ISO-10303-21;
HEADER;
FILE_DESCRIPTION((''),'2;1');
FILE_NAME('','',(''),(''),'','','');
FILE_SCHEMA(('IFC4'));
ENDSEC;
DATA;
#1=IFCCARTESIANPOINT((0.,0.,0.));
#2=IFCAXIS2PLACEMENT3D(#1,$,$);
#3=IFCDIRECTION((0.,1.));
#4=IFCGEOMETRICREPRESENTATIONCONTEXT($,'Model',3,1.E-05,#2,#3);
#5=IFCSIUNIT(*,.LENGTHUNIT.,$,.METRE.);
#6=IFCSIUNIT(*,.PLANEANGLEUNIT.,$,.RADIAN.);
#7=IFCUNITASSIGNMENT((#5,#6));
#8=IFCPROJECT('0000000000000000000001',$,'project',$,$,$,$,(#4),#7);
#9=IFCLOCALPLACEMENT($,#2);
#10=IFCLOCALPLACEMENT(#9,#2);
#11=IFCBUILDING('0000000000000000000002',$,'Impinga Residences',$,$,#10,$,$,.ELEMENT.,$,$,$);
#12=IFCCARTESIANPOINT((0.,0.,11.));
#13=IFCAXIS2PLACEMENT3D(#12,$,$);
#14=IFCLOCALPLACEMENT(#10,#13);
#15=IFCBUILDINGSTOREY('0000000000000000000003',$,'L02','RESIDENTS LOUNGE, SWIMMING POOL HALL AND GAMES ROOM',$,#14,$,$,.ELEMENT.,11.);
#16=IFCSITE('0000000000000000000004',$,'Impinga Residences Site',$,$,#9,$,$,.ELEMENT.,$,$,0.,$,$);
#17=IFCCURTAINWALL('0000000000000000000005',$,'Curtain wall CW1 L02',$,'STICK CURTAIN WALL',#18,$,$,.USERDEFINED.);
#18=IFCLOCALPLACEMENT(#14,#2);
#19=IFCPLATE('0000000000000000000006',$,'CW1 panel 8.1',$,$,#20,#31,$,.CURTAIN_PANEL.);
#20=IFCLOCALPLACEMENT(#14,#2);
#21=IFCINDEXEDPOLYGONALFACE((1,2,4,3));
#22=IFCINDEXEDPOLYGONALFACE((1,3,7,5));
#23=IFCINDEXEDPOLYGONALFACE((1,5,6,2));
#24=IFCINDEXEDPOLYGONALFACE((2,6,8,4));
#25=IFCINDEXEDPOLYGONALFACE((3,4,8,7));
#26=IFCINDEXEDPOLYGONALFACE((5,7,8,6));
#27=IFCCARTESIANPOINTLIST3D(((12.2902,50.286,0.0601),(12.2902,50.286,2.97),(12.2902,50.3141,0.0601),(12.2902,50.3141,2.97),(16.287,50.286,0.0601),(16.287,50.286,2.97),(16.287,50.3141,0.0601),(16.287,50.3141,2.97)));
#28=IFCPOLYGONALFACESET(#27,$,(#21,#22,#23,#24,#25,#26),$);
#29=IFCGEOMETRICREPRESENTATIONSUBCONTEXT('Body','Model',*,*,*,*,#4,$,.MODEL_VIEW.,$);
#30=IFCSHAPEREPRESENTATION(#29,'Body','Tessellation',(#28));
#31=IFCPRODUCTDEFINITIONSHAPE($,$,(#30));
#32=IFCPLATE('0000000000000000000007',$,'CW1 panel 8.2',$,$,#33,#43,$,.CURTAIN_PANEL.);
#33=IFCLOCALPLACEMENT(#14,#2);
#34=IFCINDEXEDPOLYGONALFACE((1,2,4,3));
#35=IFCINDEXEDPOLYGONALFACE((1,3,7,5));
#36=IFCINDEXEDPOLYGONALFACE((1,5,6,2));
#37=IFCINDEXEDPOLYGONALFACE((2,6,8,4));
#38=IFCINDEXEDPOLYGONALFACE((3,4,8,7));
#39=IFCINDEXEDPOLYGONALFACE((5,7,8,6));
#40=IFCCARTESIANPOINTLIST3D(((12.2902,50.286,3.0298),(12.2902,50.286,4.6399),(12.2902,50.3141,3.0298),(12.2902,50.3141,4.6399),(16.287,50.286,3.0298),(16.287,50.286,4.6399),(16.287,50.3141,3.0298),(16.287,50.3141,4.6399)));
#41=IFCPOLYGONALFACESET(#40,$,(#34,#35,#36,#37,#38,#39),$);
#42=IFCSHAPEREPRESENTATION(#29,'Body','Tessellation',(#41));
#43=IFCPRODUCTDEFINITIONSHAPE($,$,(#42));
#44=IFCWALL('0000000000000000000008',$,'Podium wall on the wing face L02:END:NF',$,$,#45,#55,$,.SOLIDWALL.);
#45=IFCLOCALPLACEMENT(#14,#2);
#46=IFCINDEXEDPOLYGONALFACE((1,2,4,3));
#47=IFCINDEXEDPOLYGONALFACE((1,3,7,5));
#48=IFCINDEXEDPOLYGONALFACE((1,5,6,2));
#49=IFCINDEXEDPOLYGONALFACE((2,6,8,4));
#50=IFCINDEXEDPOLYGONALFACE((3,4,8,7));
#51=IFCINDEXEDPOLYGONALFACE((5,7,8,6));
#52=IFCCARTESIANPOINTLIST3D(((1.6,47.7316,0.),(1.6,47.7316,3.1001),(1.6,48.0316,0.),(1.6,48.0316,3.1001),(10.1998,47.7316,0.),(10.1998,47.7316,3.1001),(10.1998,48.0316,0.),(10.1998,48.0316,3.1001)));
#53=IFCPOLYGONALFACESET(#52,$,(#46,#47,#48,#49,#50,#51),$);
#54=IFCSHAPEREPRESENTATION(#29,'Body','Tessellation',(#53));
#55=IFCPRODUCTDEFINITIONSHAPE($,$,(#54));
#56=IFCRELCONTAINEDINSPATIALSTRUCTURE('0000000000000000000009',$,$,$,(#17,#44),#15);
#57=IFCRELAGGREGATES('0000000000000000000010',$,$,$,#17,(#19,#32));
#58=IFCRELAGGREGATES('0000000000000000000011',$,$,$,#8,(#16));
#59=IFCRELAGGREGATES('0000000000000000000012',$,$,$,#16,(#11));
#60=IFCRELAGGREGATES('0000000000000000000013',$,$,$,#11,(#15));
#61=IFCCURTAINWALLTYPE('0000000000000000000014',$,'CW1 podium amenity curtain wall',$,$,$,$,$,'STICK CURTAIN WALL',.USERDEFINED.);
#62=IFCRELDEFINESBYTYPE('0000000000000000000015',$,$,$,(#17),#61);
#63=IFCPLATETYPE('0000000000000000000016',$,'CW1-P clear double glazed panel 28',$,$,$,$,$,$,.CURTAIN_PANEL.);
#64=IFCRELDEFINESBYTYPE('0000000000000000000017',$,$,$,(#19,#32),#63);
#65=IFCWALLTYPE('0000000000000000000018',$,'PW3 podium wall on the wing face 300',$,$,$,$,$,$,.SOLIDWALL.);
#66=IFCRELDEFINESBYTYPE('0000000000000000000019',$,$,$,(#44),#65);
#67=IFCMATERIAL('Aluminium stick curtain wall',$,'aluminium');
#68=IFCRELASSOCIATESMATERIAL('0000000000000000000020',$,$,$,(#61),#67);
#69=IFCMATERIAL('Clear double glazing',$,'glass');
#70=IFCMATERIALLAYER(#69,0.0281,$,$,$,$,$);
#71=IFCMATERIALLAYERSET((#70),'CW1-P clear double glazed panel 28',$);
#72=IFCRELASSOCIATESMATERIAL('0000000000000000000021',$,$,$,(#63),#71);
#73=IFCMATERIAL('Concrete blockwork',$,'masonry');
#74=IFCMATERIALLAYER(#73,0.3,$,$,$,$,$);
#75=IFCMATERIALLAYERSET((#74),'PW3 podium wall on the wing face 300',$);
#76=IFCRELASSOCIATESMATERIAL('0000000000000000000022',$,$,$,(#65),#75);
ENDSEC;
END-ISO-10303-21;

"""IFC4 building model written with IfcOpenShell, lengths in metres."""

from ifc_helpers import new_model, si_unit, direction, frame, frame_2d, origin, origin_2d, place, context, subcontext, project, spatial, rectangle, extrude, material, layer, layer_set, type_object, element, aggregate, save


model = new_model("IFC4")

# Units and contexts
model_context = context("Model", 3, precision=1e-05, world=origin(), true_north=direction((0.0, 1.0)))
body_context = subcontext(model_context, "Body", "Model", "MODEL_VIEW")
ifc_project = project(units=[si_unit("LENGTHUNIT", "METRE"), si_unit("PLANEANGLEUNIT", "RADIAN")], contexts=[model_context])

# Site, building, storey
site_placement = place(None, origin())
site = spatial("IfcSite", under=ifc_project, at=site_placement, Name="Impinga Residences Site", CompositionType="ELEMENT", RefElevation=0.0)
building_placement = place(site_placement, origin())
building = spatial("IfcBuilding", under=site, at=building_placement, Name="Impinga Residences", CompositionType="ELEMENT")
storey_placement = place(building_placement, frame((0.0, 0.0, 11.0)))
storey = spatial("IfcBuildingStorey", under=building, at=storey_placement, Name="L02", Description="RESIDENTS LOUNGE, SWIMMING POOL HALL AND GAMES ROOM", CompositionType="ELEMENT", Elevation=11.0)

# Curtain wall
ifc_material_1 = material(Name="Aluminium stick curtain wall", Category="aluminium")
curtain_wall_type = type_object("IfcCurtainWallType", Name="CW1 podium amenity curtain wall", ElementType="STICK CURTAIN WALL", PredefinedType="USERDEFINED", material=ifc_material_1)
curtain_wall_placement = place(storey_placement, origin())
curtain_wall = element("IfcCurtainWall", 1, at=curtain_wall_placement, inside=storey, type_object=curtain_wall_type, Name="Curtain wall CW1 L02", ObjectType="STICK CURTAIN WALL", PredefinedType="USERDEFINED")

# Plates
ifc_material_2 = material(Name="Clear double glazing", Category="glass")
ifc_layer_1 = layer(ifc_material_2, 0.0281)
ifc_layer_set_1 = layer_set([ifc_layer_1], Name="CW1-P clear double glazed panel 28")
plate_type = type_object("IfcPlateType", Name="CW1-P clear double glazed panel 28", PredefinedType="CURTAIN_PANEL", material=ifc_layer_set_1)
plate_1_placement = place(storey_placement, frame((14.2886, 50.3, 0.0601), z_axis=(0.0, 0.0, 1.0), x_axis=(1.0, 0.0, 0.0)))
plate_1 = element("IfcPlate", 2, at=plate_1_placement, type_object=plate_type, Name="CW1 panel 8.1", PredefinedType="CURTAIN_PANEL", context=body_context, shape_type="SweptSolid", body=[
    extrude(rectangle(XDim=3.9968, YDim=0.0281, at=origin_2d()), origin(), (0.0, 0.0, 1.0), 2.9099),
])
plate_2_placement = place(storey_placement, frame((14.2886, 50.3, 3.0298), z_axis=(0.0, 0.0, 1.0), x_axis=(1.0, 0.0, 0.0)))
plate_2 = element("IfcPlate", 3, at=plate_2_placement, type_object=plate_type, Name="CW1 panel 8.2", PredefinedType="CURTAIN_PANEL", context=body_context, shape_type="SweptSolid", body=[
    extrude(rectangle(XDim=3.9968, YDim=0.0281, at=origin_2d()), origin(), (0.0, 0.0, 1.0), 1.6101),
])
aggregate(curtain_wall, [plate_1, plate_2])

# Wall
ifc_material_3 = material(Name="Concrete blockwork", Category="masonry")
ifc_layer_2 = layer(ifc_material_3, 0.3)
ifc_layer_set_2 = layer_set([ifc_layer_2], Name="PW3 podium wall on the wing face 300")
wall_type = type_object("IfcWallType", Name="PW3 podium wall on the wing face 300", PredefinedType="SOLIDWALL", material=ifc_layer_set_2)
wall_placement = place(storey_placement, frame((1.6001, 47.8816, 0.0), z_axis=(0.0, 0.0, 1.0), x_axis=(1.0, 0.0, 0.0)))
element("IfcWall", 4, at=wall_placement, inside=storey, type_object=wall_type, Name="Podium wall on the wing face L02:END:NF", PredefinedType="SOLIDWALL", context=body_context, shape_type="SweptSolid", body=[
    extrude(rectangle(XDim=8.5999, YDim=0.3, at=frame_2d((4.2998, 0.0))), origin(), (0.0, 0.0, 1.0), 3.1001),
])

save(model, "model.ifc")
